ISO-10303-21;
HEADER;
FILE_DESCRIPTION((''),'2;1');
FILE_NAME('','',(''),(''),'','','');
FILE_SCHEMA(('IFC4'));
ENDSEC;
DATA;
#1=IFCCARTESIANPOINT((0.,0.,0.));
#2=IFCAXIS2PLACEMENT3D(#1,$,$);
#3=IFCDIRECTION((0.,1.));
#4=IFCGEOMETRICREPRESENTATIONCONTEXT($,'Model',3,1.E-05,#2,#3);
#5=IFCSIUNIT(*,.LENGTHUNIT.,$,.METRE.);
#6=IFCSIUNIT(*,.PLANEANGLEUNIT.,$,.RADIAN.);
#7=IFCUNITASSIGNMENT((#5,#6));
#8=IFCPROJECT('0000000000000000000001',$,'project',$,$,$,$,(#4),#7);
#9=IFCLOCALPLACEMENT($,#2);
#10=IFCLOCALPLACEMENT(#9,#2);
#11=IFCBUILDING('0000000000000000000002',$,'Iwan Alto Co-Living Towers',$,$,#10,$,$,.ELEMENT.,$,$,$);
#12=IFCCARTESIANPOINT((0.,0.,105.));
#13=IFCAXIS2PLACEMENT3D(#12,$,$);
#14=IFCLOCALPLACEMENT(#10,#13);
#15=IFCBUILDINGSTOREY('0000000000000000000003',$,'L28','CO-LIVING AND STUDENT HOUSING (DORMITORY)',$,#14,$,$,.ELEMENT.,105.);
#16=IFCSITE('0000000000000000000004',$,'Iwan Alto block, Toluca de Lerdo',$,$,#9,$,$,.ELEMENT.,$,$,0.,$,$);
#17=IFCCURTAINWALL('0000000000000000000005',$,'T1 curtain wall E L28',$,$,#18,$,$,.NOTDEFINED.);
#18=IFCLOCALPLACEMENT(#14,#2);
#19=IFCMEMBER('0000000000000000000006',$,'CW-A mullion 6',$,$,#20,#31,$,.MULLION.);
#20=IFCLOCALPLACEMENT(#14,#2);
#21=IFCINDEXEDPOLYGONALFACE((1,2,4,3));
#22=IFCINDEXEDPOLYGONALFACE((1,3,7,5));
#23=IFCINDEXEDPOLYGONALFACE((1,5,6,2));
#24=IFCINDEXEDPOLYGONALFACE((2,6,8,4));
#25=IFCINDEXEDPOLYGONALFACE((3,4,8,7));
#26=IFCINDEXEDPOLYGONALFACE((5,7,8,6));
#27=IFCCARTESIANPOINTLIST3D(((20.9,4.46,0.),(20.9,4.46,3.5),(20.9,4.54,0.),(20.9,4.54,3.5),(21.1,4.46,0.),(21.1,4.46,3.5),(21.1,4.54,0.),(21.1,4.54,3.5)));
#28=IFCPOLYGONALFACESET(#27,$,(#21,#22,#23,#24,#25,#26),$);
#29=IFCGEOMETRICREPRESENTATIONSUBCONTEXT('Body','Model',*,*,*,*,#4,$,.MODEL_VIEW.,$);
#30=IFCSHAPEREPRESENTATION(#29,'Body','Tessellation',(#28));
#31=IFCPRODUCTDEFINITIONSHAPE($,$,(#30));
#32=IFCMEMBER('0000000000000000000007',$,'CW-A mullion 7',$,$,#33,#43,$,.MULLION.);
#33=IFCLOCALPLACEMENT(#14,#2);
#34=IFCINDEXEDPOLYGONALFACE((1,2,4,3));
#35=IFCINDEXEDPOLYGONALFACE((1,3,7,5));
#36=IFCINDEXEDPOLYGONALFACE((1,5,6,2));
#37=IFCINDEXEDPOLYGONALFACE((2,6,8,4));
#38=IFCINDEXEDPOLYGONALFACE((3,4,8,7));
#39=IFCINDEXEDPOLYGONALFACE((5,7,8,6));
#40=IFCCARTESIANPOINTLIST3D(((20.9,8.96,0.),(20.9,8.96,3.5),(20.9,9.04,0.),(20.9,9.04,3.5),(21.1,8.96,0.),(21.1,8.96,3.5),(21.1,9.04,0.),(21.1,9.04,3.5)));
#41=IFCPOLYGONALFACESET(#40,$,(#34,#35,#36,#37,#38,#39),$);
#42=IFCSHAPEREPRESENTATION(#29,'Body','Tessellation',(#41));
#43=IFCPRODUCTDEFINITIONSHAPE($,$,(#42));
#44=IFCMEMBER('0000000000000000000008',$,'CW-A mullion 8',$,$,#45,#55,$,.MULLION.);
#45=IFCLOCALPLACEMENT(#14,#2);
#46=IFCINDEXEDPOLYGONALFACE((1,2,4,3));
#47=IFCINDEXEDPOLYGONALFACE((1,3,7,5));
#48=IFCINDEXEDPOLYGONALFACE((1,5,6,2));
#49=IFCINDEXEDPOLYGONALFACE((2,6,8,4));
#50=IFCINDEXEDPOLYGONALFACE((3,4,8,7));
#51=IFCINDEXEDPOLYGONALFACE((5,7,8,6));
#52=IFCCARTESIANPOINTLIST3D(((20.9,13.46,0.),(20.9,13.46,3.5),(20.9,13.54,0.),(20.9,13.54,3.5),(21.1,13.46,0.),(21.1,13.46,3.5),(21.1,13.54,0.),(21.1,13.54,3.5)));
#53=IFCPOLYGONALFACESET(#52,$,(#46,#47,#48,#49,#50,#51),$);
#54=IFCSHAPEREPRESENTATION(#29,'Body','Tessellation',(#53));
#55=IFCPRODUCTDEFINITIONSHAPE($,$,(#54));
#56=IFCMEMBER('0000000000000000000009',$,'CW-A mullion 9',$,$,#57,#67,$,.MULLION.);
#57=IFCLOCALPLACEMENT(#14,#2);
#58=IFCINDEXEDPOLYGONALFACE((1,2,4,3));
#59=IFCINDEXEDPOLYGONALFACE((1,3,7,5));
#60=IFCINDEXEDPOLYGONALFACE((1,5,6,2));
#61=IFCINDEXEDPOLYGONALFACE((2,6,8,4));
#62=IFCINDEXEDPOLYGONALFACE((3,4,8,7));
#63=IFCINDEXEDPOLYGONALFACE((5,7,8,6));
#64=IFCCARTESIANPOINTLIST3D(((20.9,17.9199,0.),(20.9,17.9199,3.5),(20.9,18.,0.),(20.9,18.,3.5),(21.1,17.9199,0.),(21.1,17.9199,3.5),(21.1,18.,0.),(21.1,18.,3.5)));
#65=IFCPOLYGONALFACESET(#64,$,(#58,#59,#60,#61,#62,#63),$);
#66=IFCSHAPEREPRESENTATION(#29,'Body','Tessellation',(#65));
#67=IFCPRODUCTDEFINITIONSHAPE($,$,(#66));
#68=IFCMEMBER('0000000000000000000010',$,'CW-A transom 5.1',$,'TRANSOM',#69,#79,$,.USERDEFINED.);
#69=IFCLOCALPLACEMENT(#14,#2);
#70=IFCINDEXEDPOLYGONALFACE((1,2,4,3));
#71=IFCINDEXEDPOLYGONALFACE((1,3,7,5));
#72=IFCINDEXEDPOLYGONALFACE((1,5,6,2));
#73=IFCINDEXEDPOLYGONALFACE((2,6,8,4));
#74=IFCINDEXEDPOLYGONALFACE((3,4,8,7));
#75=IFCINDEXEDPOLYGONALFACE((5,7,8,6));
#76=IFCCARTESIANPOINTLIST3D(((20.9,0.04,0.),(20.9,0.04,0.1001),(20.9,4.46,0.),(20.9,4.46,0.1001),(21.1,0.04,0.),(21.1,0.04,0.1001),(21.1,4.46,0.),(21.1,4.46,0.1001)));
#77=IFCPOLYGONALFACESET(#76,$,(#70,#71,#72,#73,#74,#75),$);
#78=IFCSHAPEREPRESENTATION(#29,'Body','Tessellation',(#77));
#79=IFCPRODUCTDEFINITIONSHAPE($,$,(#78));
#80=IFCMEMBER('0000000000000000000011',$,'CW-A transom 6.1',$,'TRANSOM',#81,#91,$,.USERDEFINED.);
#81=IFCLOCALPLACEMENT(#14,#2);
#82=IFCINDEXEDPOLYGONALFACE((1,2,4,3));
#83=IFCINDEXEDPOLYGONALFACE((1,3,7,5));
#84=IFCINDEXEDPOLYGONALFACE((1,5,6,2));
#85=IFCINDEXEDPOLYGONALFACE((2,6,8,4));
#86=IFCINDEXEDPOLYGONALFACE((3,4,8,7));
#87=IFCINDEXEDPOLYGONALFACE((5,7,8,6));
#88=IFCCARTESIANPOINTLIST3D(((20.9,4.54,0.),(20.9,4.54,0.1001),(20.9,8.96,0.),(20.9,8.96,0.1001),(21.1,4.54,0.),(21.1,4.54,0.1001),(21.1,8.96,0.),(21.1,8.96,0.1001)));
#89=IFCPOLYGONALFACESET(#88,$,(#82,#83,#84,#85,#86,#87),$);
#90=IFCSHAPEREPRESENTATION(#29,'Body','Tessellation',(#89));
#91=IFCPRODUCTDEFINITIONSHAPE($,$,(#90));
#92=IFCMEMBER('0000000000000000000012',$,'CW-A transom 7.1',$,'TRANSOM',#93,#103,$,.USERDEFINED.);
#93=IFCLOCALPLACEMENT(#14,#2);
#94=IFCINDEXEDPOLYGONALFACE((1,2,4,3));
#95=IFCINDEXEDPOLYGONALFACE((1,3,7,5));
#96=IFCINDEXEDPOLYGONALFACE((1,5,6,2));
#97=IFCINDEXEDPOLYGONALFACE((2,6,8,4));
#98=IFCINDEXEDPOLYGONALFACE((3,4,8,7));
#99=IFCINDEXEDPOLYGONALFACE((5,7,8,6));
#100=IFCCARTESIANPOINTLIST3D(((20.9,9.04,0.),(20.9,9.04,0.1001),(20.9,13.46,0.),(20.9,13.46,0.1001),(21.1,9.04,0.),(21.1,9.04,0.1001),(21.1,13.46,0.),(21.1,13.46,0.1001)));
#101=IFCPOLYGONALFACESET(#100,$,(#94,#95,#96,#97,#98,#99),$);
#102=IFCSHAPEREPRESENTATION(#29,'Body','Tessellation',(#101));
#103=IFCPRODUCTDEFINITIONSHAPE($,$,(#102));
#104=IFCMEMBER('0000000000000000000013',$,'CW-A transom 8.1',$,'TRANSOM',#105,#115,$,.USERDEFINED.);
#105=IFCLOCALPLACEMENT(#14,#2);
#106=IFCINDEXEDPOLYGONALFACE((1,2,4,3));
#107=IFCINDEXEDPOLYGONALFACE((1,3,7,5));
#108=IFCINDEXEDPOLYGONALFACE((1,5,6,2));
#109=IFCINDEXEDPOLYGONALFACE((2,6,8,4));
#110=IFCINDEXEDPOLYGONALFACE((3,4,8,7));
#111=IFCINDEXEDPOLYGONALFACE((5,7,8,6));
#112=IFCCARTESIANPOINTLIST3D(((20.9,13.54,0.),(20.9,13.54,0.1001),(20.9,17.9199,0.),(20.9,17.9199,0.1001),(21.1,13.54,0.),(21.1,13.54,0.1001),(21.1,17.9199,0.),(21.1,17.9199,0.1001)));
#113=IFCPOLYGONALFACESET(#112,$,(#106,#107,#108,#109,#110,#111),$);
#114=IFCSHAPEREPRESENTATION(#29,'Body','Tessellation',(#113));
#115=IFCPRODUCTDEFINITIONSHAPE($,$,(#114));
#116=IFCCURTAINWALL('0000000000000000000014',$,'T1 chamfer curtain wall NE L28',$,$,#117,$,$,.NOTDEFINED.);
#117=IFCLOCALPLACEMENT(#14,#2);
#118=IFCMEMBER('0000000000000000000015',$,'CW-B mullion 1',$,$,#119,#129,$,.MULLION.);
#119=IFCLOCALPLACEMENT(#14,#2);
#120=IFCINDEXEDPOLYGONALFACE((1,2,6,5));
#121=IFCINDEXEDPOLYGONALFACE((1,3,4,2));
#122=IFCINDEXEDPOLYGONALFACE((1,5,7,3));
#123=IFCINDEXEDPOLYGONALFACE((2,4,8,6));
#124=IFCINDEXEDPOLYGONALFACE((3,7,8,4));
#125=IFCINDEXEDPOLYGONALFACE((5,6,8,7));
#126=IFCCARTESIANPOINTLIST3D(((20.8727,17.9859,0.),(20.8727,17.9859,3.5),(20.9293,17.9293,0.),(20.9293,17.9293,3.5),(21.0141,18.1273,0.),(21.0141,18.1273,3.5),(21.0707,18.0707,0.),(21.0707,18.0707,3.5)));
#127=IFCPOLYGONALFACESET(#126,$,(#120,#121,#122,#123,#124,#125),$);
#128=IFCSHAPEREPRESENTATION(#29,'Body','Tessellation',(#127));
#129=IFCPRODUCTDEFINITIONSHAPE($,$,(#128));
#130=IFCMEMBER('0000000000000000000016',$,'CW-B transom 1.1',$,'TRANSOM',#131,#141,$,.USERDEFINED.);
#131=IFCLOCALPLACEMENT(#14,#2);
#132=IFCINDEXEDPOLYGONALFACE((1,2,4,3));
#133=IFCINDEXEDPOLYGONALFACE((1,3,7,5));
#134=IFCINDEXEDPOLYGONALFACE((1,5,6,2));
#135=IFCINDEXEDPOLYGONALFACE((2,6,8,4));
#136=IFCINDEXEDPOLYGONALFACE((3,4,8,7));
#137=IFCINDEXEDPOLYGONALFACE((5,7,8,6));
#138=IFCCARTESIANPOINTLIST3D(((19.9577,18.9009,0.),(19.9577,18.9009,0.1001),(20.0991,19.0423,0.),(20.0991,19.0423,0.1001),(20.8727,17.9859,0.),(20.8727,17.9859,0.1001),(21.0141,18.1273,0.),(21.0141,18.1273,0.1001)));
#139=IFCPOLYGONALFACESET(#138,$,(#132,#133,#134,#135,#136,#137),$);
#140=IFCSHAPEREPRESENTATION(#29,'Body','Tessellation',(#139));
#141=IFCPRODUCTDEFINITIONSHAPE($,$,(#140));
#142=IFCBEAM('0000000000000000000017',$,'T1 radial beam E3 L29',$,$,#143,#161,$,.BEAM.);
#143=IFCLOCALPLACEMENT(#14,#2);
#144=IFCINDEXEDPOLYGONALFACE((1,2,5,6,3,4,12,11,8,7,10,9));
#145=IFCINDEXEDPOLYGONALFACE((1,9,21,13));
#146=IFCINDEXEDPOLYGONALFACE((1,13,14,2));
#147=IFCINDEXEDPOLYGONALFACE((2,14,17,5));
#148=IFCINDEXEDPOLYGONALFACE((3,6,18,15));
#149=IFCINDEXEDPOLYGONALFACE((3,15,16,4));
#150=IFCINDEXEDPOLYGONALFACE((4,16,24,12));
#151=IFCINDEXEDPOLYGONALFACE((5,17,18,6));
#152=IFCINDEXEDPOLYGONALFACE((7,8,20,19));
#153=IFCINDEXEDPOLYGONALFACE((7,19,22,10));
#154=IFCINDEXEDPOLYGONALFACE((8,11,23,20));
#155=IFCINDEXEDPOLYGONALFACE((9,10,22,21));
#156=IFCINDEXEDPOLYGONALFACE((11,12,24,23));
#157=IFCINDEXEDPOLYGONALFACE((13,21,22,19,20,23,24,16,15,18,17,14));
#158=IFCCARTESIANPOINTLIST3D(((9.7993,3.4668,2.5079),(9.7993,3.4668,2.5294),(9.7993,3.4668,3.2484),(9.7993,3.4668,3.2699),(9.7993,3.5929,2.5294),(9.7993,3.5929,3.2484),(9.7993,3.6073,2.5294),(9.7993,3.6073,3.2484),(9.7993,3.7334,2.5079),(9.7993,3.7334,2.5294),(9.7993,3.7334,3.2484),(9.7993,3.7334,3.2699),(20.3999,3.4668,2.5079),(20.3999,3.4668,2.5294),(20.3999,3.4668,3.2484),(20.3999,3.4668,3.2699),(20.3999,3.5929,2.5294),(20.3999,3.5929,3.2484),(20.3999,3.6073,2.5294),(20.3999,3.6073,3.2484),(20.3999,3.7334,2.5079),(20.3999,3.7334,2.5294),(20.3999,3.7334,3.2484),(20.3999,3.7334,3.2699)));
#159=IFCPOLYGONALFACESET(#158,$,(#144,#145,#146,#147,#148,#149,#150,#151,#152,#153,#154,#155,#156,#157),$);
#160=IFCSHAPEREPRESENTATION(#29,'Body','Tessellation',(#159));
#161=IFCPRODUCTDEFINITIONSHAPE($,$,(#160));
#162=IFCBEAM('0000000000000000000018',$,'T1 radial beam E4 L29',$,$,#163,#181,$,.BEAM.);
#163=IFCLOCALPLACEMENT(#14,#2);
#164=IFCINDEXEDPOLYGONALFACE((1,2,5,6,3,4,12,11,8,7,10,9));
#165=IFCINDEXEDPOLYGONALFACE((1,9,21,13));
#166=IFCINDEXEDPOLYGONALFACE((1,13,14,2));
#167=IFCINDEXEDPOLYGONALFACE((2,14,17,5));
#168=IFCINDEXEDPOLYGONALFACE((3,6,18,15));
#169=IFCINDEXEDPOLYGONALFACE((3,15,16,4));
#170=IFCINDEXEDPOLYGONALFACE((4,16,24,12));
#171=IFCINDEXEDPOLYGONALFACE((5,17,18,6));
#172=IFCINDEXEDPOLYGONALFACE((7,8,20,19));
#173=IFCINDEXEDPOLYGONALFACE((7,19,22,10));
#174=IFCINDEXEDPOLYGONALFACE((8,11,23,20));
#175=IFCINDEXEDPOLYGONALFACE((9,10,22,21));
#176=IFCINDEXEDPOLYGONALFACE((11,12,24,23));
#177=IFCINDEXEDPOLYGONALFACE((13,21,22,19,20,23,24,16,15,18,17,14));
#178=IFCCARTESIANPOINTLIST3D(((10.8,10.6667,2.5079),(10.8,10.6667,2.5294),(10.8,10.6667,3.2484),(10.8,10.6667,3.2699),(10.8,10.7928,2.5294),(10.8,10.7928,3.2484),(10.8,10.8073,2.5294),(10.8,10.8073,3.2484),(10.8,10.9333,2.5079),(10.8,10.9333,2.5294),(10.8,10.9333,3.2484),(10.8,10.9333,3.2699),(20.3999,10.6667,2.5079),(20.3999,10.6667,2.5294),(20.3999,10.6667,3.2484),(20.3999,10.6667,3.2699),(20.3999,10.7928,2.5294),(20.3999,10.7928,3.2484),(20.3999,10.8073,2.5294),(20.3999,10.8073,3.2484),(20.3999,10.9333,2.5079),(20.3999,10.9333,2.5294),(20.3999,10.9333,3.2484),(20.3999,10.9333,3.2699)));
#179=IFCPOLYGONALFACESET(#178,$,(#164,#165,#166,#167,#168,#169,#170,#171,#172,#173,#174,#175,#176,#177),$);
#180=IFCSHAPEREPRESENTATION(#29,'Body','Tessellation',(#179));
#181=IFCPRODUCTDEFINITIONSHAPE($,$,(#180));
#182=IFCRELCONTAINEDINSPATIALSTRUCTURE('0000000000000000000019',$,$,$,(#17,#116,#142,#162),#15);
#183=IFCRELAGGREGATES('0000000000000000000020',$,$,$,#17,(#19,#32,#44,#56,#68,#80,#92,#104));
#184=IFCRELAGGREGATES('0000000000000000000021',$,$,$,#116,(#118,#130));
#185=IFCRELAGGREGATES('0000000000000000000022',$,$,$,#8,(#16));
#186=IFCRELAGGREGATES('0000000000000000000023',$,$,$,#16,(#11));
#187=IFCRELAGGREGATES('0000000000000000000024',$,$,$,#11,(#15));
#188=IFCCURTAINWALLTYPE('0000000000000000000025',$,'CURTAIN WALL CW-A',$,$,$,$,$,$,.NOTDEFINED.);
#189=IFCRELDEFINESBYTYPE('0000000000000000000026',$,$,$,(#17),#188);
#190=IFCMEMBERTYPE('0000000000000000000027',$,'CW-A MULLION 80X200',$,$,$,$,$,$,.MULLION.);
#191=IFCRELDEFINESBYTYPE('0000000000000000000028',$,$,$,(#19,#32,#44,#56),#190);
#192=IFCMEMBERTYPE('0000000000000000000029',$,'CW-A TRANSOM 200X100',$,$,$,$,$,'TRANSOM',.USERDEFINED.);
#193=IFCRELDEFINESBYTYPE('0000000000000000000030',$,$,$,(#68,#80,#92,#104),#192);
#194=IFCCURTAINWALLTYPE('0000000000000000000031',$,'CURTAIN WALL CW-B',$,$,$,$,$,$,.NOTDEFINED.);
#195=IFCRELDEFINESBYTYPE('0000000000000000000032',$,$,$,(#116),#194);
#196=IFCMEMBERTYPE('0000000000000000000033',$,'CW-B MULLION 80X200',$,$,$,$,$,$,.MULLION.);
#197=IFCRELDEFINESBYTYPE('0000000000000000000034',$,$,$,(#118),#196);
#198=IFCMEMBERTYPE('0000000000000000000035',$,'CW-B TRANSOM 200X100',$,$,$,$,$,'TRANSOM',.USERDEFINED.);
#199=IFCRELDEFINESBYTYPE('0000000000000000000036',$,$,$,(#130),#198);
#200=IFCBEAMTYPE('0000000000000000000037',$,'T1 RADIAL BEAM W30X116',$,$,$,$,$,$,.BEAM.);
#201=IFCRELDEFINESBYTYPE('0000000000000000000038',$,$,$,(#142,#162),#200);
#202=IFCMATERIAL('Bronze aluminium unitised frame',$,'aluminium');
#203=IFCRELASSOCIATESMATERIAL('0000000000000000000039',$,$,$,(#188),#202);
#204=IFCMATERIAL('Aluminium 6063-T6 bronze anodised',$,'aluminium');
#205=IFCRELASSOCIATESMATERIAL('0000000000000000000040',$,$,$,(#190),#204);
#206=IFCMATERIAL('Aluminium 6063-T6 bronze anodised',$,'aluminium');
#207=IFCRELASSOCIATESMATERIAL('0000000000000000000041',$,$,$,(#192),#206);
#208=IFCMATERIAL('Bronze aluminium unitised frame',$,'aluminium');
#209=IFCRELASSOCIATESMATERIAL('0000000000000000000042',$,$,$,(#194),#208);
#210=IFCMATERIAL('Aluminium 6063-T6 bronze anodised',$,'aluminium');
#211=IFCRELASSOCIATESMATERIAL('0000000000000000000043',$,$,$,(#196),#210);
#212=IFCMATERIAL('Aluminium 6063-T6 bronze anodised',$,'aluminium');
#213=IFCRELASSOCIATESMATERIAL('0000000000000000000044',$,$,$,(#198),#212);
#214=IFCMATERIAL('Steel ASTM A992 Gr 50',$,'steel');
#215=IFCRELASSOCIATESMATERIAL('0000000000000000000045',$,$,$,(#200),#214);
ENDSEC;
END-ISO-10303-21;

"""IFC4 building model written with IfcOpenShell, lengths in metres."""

from ifc_helpers import new_model, si_unit, direction, frame, origin, origin_2d, place, context, subcontext, project, spatial, rectangle, i_section, extrude, material, material_profile, profile_set, type_object, element, aggregate, save


model = new_model("IFC4")

# Units and contexts
model_context = context("Model", 3, precision=1e-05, world=origin(), true_north=direction((0.0, 1.0)))
body_context = subcontext(model_context, "Body", "Model", "MODEL_VIEW")
ifc_project = project(units=[si_unit("LENGTHUNIT", "METRE"), si_unit("PLANEANGLEUNIT", "RADIAN")], contexts=[model_context])

# Site, building, storey
site_placement = place(None, origin())
site = spatial("IfcSite", under=ifc_project, at=site_placement, Name="Iwan Alto block, Toluca de Lerdo", CompositionType="ELEMENT", RefElevation=0.0)
building_placement = place(site_placement, origin())
building = spatial("IfcBuilding", under=site, at=building_placement, Name="Iwan Alto Co-Living Towers", CompositionType="ELEMENT")
storey_placement = place(building_placement, frame((0.0, 0.0, 105.0)))
storey = spatial("IfcBuildingStorey", under=building, at=storey_placement, Name="L28", Description="CO-LIVING AND STUDENT HOUSING (DORMITORY)", CompositionType="ELEMENT", Elevation=105.0)

# Curtain walls, members
ifc_material_1 = material(Name="Bronze aluminium unitised frame", Category="aluminium")
curtain_wall_type_1 = type_object("IfcCurtainWallType", Name="CURTAIN WALL CW-A", PredefinedType="NOTDEFINED", material=ifc_material_1)
curtain_wall_1_placement = place(storey_placement, origin())
curtain_wall_1 = element("IfcCurtainWall", 1, at=curtain_wall_1_placement, inside=storey, type_object=curtain_wall_type_1, Name="T1 curtain wall E L28", PredefinedType="NOTDEFINED")
ifc_material_2 = material(Name="Aluminium 6063-T6 bronze anodised", Category="aluminium")
ifc_material_profile_1 = material_profile(ifc_material_2, rectangle(XDim=0.2, YDim=0.0801, at=origin_2d()), Name="AL 80X200")
ifc_profile_set_1 = profile_set([ifc_material_profile_1], Name="Aluminium 6063-T6 bronze anodised")
member_type_1 = type_object("IfcMemberType", Name="CW-A MULLION 80X200", PredefinedType="MULLION", material=ifc_profile_set_1)
member_1_placement = place(storey_placement, frame((21.0, 4.5, 0.0), z_axis=(0.0, 0.0, 1.0), x_axis=(-1.0, 0.0, 0.0)))
member_1 = element("IfcMember", 2, at=member_1_placement, type_object=member_type_1, Name="CW-A mullion 6", PredefinedType="MULLION", context=body_context, shape_type="SweptSolid", body=[
    extrude(rectangle(XDim=0.2, YDim=0.0801, at=origin_2d()), origin(), (0.0, 0.0, 1.0), 3.5),
])
member_2_placement = place(storey_placement, frame((21.0, 9.0, 0.0), z_axis=(0.0, 0.0, 1.0), x_axis=(-1.0, 0.0, 0.0)))
member_2 = element("IfcMember", 3, at=member_2_placement, type_object=member_type_1, Name="CW-A mullion 7", PredefinedType="MULLION", context=body_context, shape_type="SweptSolid", body=[
    extrude(rectangle(XDim=0.2, YDim=0.0801, at=origin_2d()), origin(), (0.0, 0.0, 1.0), 3.5),
])
member_3_placement = place(storey_placement, frame((21.0, 13.5, 0.0), z_axis=(0.0, 0.0, 1.0), x_axis=(-1.0, 0.0, 0.0)))
member_3 = element("IfcMember", 4, at=member_3_placement, type_object=member_type_1, Name="CW-A mullion 8", PredefinedType="MULLION", context=body_context, shape_type="SweptSolid", body=[
    extrude(rectangle(XDim=0.2, YDim=0.0801, at=origin_2d()), origin(), (0.0, 0.0, 1.0), 3.5),
])
member_4_placement = place(storey_placement, frame((21.0, 17.96, 0.0), z_axis=(0.0, 0.0, 1.0), x_axis=(-1.0, 0.0, 0.0)))
member_4 = element("IfcMember", 5, at=member_4_placement, type_object=member_type_1, Name="CW-A mullion 9", PredefinedType="MULLION", context=body_context, shape_type="SweptSolid", body=[
    extrude(rectangle(XDim=0.2, YDim=0.0801, at=origin_2d()), origin(), (0.0, 0.0, 1.0), 3.5),
])
ifc_material_3 = material(Name="Aluminium 6063-T6 bronze anodised", Category="aluminium")
ifc_material_profile_2 = material_profile(ifc_material_3, rectangle(XDim=0.2, YDim=0.1001, at=origin_2d()), Name="AL 200X100")
ifc_profile_set_2 = profile_set([ifc_material_profile_2], Name="Aluminium 6063-T6 bronze anodised")
member_type_2 = type_object("IfcMemberType", Name="CW-A TRANSOM 200X100", ElementType="TRANSOM", PredefinedType="USERDEFINED", material=ifc_profile_set_2)
member_5_placement = place(storey_placement, frame((21.0, 0.04, 0.05), z_axis=(0.0, 1.0, 0.0), x_axis=(-1.0, 0.0, 0.0)))
member_5 = element("IfcMember", 6, at=member_5_placement, type_object=member_type_2, Name="CW-A transom 5.1", ObjectType="TRANSOM", PredefinedType="USERDEFINED", context=body_context, shape_type="SweptSolid", body=[
    extrude(rectangle(XDim=0.2, YDim=0.1001, at=origin_2d()), origin(), (0.0, 0.0, 1.0), 4.4199),
])
member_6_placement = place(storey_placement, frame((21.0, 4.54, 0.05), z_axis=(0.0, 1.0, 0.0), x_axis=(-1.0, 0.0, 0.0)))
member_6 = element("IfcMember", 7, at=member_6_placement, type_object=member_type_2, Name="CW-A transom 6.1", ObjectType="TRANSOM", PredefinedType="USERDEFINED", context=body_context, shape_type="SweptSolid", body=[
    extrude(rectangle(XDim=0.2, YDim=0.1001, at=origin_2d()), origin(), (0.0, 0.0, 1.0), 4.4199),
])
member_7_placement = place(storey_placement, frame((21.0, 9.04, 0.05), z_axis=(0.0, 1.0, 0.0), x_axis=(-1.0, 0.0, 0.0)))
member_7 = element("IfcMember", 8, at=member_7_placement, type_object=member_type_2, Name="CW-A transom 7.1", ObjectType="TRANSOM", PredefinedType="USERDEFINED", context=body_context, shape_type="SweptSolid", body=[
    extrude(rectangle(XDim=0.2, YDim=0.1001, at=origin_2d()), origin(), (0.0, 0.0, 1.0), 4.4199),
])
member_8_placement = place(storey_placement, frame((21.0, 13.54, 0.05), z_axis=(0.0, 1.0, 0.0), x_axis=(-1.0, 0.0, 0.0)))
member_8 = element("IfcMember", 9, at=member_8_placement, type_object=member_type_2, Name="CW-A transom 8.1", ObjectType="TRANSOM", PredefinedType="USERDEFINED", context=body_context, shape_type="SweptSolid", body=[
    extrude(rectangle(XDim=0.2, YDim=0.1001, at=origin_2d()), origin(), (0.0, 0.0, 1.0), 4.3799),
])
ifc_material_4 = material(Name="Bronze aluminium unitised frame", Category="aluminium")
curtain_wall_type_2 = type_object("IfcCurtainWallType", Name="CURTAIN WALL CW-B", PredefinedType="NOTDEFINED", material=ifc_material_4)
curtain_wall_2_placement = place(storey_placement, origin())
curtain_wall_2 = element("IfcCurtainWall", 10, at=curtain_wall_2_placement, inside=storey, type_object=curtain_wall_type_2, Name="T1 chamfer curtain wall NE L28", PredefinedType="NOTDEFINED")
ifc_material_5 = material(Name="Aluminium 6063-T6 bronze anodised", Category="aluminium")
ifc_material_profile_3 = material_profile(ifc_material_5, rectangle(XDim=0.2, YDim=0.0801, at=origin_2d()), Name="AL 80X200")
ifc_profile_set_3 = profile_set([ifc_material_profile_3], Name="Aluminium 6063-T6 bronze anodised")
member_type_3 = type_object("IfcMemberType", Name="CW-B MULLION 80X200", PredefinedType="MULLION", material=ifc_profile_set_3)
member_9_placement = place(storey_placement, frame((20.9717, 18.0283, 0.0), z_axis=(0.0, 0.0, 1.0), x_axis=(-0.707107, -0.707107, 0.0)))
member_9 = element("IfcMember", 11, at=member_9_placement, type_object=member_type_3, Name="CW-B mullion 1", PredefinedType="MULLION", context=body_context, shape_type="SweptSolid", body=[
    extrude(rectangle(XDim=0.2, YDim=0.0801, at=origin_2d()), origin(), (0.0, 0.0, 1.0), 3.5),
])
ifc_material_6 = material(Name="Aluminium 6063-T6 bronze anodised", Category="aluminium")
ifc_material_profile_4 = material_profile(ifc_material_6, rectangle(XDim=0.2, YDim=0.1001, at=origin_2d()), Name="AL 200X100")
ifc_profile_set_4 = profile_set([ifc_material_profile_4], Name="Aluminium 6063-T6 bronze anodised")
member_type_4 = type_object("IfcMemberType", Name="CW-B TRANSOM 200X100", ElementType="TRANSOM", PredefinedType="USERDEFINED", material=ifc_profile_set_4)
member_10_placement = place(storey_placement, frame((20.9434, 18.0566, 0.05), z_axis=(-0.707107, 0.707107, 0.0), x_axis=(-0.707107, -0.707107, 0.0)))
member_10 = element("IfcMember", 12, at=member_10_placement, type_object=member_type_4, Name="CW-B transom 1.1", ObjectType="TRANSOM", PredefinedType="USERDEFINED", context=body_context, shape_type="SweptSolid", body=[
    extrude(rectangle(XDim=0.2, YDim=0.1001, at=origin_2d()), origin(), (0.0, 0.0, 1.0), 1.2939),
])

# Beams
ifc_material_7 = material(Name="Steel ASTM A992 Gr 50", Category="steel")
ifc_material_profile_5 = material_profile(ifc_material_7, i_section(OverallWidth=0.2666, OverallDepth=0.762, WebThickness=0.0144, FlangeThickness=0.0215, at=origin_2d()), Name="W30X116")
ifc_profile_set_5 = profile_set([ifc_material_profile_5], Name="Steel ASTM A992 Gr 50")
beam_type_1 = type_object("IfcBeamType", Name="T1 RADIAL BEAM W30X116", PredefinedType="BEAM", material=ifc_profile_set_5)
beam_1_placement = place(storey_placement, frame((20.3999, 3.6001, 2.8889), z_axis=(-1.0, 0.0, 0.0), x_axis=(0.0, -1.0, 0.0)))
element("IfcBeam", 13, at=beam_1_placement, inside=storey, type_object=beam_type_1, Name="T1 radial beam E3 L29", PredefinedType="BEAM", context=body_context, shape_type="SweptSolid", body=[
    extrude(i_section(OverallWidth=0.2666, OverallDepth=0.762, WebThickness=0.0144, FlangeThickness=0.0215, at=origin_2d()), origin(), (0.0, 0.0, 1.0), 10.6006),
])
beam_2_placement = place(storey_placement, frame((20.3999, 10.8, 2.8889), z_axis=(-1.0, 0.0, 0.0), x_axis=(0.0, -1.0, 0.0)))
element("IfcBeam", 14, at=beam_2_placement, inside=storey, type_object=beam_type_1, Name="T1 radial beam E4 L29", PredefinedType="BEAM", context=body_context, shape_type="SweptSolid", body=[
    extrude(i_section(OverallWidth=0.2666, OverallDepth=0.762, WebThickness=0.0144, FlangeThickness=0.0215, at=origin_2d()), origin(), (0.0, 0.0, 1.0), 9.5999),
])

aggregate(curtain_wall_1, [member_1, member_2, member_3, member_4, member_5, member_6, member_7, member_8])
aggregate(curtain_wall_2, [member_9, member_10])

save(model, "model.ifc")
